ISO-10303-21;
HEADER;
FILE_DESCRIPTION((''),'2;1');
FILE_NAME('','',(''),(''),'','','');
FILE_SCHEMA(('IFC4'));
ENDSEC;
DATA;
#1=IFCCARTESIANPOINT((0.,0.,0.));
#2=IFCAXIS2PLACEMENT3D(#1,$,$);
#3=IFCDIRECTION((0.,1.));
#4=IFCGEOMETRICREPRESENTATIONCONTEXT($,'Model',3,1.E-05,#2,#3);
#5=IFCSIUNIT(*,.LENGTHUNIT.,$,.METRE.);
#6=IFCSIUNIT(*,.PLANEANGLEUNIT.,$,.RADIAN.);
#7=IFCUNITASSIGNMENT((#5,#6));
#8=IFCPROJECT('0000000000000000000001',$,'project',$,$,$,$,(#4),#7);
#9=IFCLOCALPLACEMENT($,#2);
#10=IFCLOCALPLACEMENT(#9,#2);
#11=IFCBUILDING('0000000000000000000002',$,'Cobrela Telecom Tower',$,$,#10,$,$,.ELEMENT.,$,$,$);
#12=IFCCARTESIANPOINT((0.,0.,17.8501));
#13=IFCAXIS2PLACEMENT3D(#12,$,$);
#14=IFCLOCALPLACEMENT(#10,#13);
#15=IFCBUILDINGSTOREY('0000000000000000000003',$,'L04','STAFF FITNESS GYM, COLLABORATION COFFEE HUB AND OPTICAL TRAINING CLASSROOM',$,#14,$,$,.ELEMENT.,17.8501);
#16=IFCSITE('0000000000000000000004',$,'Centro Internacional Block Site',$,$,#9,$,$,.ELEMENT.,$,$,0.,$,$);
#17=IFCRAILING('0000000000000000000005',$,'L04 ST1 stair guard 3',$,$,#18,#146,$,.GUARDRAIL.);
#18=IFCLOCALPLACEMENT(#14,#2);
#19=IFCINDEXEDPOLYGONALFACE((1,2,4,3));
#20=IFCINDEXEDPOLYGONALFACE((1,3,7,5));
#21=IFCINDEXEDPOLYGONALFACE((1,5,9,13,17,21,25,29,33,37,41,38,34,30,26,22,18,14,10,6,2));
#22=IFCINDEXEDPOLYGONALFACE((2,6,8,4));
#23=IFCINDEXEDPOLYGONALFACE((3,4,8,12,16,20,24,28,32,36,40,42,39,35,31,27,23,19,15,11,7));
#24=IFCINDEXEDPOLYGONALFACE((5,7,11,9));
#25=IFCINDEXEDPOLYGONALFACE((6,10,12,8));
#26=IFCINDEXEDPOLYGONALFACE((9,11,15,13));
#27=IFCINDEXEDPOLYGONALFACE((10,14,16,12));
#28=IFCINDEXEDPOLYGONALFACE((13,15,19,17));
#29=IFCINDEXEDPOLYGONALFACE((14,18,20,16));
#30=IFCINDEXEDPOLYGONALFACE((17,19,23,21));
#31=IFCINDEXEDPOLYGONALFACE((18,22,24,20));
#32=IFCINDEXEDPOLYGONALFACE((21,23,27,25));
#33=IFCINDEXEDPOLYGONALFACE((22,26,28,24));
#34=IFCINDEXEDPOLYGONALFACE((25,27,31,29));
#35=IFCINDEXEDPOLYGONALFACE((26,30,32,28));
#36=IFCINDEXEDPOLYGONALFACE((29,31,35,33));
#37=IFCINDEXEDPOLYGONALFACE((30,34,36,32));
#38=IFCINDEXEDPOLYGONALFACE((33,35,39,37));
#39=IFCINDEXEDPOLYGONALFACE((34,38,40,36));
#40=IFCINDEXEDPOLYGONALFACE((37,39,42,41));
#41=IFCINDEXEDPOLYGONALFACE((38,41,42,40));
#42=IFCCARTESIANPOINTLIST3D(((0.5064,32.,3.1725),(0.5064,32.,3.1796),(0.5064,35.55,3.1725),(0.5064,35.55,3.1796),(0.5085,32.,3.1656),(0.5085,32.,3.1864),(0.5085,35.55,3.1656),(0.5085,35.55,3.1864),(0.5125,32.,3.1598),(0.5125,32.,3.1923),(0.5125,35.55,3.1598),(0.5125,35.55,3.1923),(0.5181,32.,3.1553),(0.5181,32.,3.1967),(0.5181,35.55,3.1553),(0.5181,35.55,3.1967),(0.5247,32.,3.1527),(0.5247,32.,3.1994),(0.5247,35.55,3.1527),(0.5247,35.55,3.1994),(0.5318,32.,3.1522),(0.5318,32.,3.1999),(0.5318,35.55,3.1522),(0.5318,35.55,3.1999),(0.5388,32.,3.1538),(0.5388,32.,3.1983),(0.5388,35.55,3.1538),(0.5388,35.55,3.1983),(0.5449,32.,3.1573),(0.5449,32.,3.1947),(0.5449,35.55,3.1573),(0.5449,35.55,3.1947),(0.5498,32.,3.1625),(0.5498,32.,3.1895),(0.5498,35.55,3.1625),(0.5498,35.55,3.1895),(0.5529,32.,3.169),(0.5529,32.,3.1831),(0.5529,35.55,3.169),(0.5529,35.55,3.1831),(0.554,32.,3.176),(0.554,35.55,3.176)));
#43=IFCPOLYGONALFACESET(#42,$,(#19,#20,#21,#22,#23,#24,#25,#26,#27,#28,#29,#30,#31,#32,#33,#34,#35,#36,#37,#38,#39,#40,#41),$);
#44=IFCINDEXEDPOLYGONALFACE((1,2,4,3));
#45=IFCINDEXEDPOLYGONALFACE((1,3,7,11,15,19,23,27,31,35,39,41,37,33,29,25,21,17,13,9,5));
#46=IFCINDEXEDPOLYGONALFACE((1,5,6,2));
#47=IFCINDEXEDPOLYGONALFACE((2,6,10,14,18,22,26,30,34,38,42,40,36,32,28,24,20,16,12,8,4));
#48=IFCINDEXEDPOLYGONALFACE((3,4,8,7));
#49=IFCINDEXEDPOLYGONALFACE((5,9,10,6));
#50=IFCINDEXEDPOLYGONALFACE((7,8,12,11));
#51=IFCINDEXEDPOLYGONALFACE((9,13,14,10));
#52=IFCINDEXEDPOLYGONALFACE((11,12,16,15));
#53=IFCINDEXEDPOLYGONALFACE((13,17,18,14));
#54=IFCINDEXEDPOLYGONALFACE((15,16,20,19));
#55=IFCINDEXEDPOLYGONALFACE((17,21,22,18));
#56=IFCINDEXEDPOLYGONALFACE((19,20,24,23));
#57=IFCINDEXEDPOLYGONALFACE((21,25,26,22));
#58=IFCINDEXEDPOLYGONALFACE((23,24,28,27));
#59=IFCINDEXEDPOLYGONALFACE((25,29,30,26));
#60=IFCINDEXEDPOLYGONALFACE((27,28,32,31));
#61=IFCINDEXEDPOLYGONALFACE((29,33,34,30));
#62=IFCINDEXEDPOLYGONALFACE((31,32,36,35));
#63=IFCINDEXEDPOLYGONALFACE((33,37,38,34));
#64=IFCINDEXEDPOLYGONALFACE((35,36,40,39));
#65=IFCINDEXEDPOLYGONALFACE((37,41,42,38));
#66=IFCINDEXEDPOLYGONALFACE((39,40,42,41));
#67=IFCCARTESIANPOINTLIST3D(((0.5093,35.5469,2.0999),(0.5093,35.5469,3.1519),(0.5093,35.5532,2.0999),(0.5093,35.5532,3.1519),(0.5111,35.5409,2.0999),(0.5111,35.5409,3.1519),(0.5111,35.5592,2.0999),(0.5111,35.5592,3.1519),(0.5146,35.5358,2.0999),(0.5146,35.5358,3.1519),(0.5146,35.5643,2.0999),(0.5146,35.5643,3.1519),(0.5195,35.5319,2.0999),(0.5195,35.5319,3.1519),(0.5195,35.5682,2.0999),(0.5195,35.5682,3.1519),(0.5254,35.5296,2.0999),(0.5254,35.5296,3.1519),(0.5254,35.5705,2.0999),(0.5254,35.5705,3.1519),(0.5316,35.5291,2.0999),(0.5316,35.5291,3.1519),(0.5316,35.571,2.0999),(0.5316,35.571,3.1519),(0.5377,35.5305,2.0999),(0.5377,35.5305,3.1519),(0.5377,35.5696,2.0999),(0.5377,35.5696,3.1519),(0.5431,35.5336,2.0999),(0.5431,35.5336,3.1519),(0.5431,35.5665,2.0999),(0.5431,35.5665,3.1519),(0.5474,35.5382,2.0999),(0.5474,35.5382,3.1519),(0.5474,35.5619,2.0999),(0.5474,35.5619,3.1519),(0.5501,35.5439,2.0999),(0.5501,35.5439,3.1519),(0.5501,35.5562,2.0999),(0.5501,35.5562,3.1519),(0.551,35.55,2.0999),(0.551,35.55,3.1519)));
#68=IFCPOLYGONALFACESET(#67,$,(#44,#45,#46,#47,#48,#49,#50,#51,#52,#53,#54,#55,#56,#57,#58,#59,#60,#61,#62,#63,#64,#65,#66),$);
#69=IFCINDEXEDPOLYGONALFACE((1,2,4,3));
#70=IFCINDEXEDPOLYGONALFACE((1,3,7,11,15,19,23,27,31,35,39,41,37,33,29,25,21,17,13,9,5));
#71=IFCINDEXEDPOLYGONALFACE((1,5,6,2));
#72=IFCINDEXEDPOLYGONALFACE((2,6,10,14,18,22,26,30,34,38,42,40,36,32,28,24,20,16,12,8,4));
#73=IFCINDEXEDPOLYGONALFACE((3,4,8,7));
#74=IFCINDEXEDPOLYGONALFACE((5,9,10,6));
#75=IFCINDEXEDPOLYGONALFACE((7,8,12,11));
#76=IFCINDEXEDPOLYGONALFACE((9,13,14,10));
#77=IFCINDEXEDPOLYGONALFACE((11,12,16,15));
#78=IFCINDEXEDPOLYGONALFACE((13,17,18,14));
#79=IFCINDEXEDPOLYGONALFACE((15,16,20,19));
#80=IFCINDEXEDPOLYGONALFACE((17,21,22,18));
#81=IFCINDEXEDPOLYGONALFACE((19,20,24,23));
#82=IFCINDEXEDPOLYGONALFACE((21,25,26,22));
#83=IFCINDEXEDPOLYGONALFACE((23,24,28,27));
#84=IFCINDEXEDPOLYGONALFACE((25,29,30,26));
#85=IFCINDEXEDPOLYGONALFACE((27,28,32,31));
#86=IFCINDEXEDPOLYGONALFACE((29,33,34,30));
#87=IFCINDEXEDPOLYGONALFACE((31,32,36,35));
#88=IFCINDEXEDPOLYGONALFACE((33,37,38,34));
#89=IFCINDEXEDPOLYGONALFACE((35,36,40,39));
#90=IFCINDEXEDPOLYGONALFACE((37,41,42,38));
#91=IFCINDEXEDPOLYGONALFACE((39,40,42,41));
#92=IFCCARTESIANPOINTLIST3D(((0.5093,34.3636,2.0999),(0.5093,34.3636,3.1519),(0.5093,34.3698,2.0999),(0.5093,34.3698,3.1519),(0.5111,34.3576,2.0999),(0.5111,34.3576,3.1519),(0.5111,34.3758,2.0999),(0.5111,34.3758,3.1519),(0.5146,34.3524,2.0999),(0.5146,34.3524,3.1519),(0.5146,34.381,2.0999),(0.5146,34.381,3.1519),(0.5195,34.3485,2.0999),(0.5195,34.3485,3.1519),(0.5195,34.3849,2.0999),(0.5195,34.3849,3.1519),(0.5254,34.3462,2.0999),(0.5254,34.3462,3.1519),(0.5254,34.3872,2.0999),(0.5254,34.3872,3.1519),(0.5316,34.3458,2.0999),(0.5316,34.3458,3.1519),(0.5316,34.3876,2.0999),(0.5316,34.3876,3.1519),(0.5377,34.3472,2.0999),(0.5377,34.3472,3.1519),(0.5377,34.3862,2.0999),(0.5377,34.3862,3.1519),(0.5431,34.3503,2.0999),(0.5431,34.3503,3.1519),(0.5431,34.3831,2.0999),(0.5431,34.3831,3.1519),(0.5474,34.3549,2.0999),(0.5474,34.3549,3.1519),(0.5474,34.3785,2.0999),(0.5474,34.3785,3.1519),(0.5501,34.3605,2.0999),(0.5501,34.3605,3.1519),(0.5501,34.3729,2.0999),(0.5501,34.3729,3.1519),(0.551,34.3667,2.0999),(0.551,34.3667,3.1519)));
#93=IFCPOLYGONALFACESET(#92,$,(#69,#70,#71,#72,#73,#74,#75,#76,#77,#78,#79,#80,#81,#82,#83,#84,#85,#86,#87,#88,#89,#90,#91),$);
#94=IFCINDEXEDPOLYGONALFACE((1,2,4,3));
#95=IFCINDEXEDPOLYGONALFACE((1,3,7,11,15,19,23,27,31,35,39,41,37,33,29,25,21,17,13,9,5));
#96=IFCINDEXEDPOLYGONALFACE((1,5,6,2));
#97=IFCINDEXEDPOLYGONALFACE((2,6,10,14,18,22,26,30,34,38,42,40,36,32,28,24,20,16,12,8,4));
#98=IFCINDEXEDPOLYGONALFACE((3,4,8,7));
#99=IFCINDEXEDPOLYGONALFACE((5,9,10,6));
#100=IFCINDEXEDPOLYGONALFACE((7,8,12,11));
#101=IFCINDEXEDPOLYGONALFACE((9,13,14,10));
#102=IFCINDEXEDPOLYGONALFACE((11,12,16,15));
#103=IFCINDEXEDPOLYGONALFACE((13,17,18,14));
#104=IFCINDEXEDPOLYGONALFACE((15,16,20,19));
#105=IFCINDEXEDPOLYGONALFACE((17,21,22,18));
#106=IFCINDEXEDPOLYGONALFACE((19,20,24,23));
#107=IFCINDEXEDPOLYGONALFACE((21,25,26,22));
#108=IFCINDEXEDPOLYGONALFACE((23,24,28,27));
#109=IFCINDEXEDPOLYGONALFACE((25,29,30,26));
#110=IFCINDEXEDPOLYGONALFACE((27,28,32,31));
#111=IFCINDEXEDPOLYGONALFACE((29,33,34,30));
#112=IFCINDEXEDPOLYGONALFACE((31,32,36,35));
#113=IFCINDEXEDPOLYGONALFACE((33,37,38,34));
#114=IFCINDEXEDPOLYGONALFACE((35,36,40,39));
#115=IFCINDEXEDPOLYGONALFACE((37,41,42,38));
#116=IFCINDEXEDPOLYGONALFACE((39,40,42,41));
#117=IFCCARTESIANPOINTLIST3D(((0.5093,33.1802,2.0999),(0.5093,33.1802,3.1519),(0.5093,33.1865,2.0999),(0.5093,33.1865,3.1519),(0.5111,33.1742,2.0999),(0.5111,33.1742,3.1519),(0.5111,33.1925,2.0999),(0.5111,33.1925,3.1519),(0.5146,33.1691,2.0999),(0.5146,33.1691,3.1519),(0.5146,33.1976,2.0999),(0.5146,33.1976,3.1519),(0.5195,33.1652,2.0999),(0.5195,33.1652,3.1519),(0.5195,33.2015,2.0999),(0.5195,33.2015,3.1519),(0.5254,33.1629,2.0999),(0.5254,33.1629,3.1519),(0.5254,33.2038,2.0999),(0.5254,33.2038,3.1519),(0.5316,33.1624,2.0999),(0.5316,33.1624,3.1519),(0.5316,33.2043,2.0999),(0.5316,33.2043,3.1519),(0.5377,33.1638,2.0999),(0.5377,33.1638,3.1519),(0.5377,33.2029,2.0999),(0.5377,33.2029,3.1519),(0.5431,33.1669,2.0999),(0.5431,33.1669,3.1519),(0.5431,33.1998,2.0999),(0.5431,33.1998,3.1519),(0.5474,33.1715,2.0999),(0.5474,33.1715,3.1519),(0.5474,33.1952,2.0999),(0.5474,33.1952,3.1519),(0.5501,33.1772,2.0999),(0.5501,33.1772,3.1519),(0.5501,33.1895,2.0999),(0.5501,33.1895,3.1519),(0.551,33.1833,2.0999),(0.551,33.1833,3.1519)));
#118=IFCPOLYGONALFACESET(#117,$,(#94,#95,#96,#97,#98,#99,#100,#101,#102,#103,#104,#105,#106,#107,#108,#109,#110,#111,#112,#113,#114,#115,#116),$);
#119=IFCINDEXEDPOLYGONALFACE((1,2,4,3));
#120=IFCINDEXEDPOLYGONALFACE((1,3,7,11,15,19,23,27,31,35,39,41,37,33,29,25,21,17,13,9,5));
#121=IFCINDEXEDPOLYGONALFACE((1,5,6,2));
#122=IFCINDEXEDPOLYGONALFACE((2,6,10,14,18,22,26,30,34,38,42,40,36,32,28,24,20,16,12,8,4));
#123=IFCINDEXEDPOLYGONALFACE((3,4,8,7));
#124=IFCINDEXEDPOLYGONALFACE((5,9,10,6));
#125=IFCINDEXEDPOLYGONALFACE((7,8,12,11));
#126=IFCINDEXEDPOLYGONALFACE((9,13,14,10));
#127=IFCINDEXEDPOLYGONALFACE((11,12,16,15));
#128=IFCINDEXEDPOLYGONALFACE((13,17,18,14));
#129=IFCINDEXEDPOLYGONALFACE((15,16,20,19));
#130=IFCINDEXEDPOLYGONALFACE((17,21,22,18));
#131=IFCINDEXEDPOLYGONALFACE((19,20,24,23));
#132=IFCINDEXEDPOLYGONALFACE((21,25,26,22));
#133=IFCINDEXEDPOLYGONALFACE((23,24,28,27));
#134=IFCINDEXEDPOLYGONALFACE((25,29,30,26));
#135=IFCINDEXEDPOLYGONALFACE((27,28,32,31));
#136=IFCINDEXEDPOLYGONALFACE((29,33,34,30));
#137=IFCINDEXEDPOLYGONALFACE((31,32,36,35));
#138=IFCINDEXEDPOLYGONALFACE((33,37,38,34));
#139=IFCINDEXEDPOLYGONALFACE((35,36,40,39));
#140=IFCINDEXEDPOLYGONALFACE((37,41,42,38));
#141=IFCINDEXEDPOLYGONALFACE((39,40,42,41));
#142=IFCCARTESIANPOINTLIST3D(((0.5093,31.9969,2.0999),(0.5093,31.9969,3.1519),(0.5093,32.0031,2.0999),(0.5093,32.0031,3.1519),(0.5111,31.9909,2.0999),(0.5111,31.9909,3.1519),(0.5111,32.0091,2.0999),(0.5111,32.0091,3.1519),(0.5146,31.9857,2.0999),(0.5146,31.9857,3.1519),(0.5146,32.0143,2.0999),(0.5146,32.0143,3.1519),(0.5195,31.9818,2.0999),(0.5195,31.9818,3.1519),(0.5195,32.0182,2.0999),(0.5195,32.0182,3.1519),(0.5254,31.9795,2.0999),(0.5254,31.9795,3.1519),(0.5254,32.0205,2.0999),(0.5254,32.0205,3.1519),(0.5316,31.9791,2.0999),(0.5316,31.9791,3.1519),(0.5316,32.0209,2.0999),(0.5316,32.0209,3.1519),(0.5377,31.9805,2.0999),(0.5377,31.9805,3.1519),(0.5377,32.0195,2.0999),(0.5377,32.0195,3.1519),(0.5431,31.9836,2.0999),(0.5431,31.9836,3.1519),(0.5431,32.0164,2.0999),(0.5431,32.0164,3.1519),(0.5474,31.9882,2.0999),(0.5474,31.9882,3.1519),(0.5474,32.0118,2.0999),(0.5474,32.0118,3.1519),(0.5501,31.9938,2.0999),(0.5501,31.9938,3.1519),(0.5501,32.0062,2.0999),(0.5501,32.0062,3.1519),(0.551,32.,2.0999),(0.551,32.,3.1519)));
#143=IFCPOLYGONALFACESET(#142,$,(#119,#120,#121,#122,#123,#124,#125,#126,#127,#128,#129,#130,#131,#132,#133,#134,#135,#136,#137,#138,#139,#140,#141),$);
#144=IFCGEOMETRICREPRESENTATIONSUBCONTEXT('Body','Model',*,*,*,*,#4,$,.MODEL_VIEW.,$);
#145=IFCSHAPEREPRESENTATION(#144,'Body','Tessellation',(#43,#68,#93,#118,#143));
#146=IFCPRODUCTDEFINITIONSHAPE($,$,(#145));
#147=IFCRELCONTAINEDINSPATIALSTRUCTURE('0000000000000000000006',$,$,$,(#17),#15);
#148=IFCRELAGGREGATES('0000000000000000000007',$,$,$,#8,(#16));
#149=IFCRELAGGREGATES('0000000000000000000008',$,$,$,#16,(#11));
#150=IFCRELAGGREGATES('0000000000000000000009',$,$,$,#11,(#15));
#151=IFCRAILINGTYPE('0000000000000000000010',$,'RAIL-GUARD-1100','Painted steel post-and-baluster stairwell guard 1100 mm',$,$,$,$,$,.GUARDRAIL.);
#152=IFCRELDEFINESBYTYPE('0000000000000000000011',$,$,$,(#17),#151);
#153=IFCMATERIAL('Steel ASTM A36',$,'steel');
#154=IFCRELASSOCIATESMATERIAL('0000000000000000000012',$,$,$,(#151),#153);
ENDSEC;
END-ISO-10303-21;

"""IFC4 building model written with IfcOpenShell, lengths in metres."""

from ifc_helpers import new_model, si_unit, direction, frame, origin, origin_2d, place, context, subcontext, project, spatial, circle, extrude, material, type_object, element, save


model = new_model("IFC4")

# Units and contexts
model_context = context("Model", 3, precision=1e-05, world=origin(), true_north=direction((0.0, 1.0)))
body_context = subcontext(model_context, "Body", "Model", "MODEL_VIEW")
ifc_project = project(units=[si_unit("LENGTHUNIT", "METRE"), si_unit("PLANEANGLEUNIT", "RADIAN")], contexts=[model_context])

# Site, building, storey
site_placement = place(None, origin())
site = spatial("IfcSite", under=ifc_project, at=site_placement, Name="Centro Internacional Block Site", CompositionType="ELEMENT", RefElevation=0.0)
building_placement = place(site_placement, origin())
building = spatial("IfcBuilding", under=site, at=building_placement, Name="Cobrela Telecom Tower", CompositionType="ELEMENT")
storey_placement = place(building_placement, frame((0.0, 0.0, 17.8501)))
storey = spatial("IfcBuildingStorey", under=building, at=storey_placement, Name="L04", Description="STAFF FITNESS GYM, COLLABORATION COFFEE HUB AND OPTICAL TRAINING CLASSROOM", CompositionType="ELEMENT", Elevation=17.8501)

# Shared definitions
ifc_material_1 = material(Name="Steel ASTM A36", Category="steel")

# Railing
railing_type_1 = type_object("IfcRailingType", Name="RAIL-GUARD-1100", Description="Painted steel post-and-baluster stairwell guard 1100 mm", PredefinedType="GUARDRAIL", material=ifc_material_1)
railing_1_placement = place(storey_placement, frame((0.53, 35.55, 2.0999)))
element("IfcRailing", 1, at=railing_1_placement, inside=storey, type_object=railing_type_1, Name="L04 ST1 stair guard 3", PredefinedType="GUARDRAIL", context=body_context, shape_type="SweptSolid", body=[
    extrude(circle(Radius=0.0239, at=origin_2d()), frame((0.0, 0.0, 1.0762), z_axis=(0.0, -1.0, 0.0), x_axis=(1.0, 0.0, 0.0)), (0.0, 0.0, 1.0), 3.55),
    extrude(circle(Radius=0.021, at=origin_2d()), origin(), (0.0, 0.0, 1.0), 1.052),
    extrude(circle(Radius=0.021, at=origin_2d()), frame((0.0, -1.1833, 0.0)), (0.0, 0.0, 1.0), 1.052),
    extrude(circle(Radius=0.021, at=origin_2d()), frame((0.0, -2.3667, 0.0)), (0.0, 0.0, 1.0), 1.052),
    extrude(circle(Radius=0.021, at=origin_2d()), frame((0.0, -3.55, 0.0)), (0.0, 0.0, 1.0), 1.052),
])

save(model, "model.ifc")
